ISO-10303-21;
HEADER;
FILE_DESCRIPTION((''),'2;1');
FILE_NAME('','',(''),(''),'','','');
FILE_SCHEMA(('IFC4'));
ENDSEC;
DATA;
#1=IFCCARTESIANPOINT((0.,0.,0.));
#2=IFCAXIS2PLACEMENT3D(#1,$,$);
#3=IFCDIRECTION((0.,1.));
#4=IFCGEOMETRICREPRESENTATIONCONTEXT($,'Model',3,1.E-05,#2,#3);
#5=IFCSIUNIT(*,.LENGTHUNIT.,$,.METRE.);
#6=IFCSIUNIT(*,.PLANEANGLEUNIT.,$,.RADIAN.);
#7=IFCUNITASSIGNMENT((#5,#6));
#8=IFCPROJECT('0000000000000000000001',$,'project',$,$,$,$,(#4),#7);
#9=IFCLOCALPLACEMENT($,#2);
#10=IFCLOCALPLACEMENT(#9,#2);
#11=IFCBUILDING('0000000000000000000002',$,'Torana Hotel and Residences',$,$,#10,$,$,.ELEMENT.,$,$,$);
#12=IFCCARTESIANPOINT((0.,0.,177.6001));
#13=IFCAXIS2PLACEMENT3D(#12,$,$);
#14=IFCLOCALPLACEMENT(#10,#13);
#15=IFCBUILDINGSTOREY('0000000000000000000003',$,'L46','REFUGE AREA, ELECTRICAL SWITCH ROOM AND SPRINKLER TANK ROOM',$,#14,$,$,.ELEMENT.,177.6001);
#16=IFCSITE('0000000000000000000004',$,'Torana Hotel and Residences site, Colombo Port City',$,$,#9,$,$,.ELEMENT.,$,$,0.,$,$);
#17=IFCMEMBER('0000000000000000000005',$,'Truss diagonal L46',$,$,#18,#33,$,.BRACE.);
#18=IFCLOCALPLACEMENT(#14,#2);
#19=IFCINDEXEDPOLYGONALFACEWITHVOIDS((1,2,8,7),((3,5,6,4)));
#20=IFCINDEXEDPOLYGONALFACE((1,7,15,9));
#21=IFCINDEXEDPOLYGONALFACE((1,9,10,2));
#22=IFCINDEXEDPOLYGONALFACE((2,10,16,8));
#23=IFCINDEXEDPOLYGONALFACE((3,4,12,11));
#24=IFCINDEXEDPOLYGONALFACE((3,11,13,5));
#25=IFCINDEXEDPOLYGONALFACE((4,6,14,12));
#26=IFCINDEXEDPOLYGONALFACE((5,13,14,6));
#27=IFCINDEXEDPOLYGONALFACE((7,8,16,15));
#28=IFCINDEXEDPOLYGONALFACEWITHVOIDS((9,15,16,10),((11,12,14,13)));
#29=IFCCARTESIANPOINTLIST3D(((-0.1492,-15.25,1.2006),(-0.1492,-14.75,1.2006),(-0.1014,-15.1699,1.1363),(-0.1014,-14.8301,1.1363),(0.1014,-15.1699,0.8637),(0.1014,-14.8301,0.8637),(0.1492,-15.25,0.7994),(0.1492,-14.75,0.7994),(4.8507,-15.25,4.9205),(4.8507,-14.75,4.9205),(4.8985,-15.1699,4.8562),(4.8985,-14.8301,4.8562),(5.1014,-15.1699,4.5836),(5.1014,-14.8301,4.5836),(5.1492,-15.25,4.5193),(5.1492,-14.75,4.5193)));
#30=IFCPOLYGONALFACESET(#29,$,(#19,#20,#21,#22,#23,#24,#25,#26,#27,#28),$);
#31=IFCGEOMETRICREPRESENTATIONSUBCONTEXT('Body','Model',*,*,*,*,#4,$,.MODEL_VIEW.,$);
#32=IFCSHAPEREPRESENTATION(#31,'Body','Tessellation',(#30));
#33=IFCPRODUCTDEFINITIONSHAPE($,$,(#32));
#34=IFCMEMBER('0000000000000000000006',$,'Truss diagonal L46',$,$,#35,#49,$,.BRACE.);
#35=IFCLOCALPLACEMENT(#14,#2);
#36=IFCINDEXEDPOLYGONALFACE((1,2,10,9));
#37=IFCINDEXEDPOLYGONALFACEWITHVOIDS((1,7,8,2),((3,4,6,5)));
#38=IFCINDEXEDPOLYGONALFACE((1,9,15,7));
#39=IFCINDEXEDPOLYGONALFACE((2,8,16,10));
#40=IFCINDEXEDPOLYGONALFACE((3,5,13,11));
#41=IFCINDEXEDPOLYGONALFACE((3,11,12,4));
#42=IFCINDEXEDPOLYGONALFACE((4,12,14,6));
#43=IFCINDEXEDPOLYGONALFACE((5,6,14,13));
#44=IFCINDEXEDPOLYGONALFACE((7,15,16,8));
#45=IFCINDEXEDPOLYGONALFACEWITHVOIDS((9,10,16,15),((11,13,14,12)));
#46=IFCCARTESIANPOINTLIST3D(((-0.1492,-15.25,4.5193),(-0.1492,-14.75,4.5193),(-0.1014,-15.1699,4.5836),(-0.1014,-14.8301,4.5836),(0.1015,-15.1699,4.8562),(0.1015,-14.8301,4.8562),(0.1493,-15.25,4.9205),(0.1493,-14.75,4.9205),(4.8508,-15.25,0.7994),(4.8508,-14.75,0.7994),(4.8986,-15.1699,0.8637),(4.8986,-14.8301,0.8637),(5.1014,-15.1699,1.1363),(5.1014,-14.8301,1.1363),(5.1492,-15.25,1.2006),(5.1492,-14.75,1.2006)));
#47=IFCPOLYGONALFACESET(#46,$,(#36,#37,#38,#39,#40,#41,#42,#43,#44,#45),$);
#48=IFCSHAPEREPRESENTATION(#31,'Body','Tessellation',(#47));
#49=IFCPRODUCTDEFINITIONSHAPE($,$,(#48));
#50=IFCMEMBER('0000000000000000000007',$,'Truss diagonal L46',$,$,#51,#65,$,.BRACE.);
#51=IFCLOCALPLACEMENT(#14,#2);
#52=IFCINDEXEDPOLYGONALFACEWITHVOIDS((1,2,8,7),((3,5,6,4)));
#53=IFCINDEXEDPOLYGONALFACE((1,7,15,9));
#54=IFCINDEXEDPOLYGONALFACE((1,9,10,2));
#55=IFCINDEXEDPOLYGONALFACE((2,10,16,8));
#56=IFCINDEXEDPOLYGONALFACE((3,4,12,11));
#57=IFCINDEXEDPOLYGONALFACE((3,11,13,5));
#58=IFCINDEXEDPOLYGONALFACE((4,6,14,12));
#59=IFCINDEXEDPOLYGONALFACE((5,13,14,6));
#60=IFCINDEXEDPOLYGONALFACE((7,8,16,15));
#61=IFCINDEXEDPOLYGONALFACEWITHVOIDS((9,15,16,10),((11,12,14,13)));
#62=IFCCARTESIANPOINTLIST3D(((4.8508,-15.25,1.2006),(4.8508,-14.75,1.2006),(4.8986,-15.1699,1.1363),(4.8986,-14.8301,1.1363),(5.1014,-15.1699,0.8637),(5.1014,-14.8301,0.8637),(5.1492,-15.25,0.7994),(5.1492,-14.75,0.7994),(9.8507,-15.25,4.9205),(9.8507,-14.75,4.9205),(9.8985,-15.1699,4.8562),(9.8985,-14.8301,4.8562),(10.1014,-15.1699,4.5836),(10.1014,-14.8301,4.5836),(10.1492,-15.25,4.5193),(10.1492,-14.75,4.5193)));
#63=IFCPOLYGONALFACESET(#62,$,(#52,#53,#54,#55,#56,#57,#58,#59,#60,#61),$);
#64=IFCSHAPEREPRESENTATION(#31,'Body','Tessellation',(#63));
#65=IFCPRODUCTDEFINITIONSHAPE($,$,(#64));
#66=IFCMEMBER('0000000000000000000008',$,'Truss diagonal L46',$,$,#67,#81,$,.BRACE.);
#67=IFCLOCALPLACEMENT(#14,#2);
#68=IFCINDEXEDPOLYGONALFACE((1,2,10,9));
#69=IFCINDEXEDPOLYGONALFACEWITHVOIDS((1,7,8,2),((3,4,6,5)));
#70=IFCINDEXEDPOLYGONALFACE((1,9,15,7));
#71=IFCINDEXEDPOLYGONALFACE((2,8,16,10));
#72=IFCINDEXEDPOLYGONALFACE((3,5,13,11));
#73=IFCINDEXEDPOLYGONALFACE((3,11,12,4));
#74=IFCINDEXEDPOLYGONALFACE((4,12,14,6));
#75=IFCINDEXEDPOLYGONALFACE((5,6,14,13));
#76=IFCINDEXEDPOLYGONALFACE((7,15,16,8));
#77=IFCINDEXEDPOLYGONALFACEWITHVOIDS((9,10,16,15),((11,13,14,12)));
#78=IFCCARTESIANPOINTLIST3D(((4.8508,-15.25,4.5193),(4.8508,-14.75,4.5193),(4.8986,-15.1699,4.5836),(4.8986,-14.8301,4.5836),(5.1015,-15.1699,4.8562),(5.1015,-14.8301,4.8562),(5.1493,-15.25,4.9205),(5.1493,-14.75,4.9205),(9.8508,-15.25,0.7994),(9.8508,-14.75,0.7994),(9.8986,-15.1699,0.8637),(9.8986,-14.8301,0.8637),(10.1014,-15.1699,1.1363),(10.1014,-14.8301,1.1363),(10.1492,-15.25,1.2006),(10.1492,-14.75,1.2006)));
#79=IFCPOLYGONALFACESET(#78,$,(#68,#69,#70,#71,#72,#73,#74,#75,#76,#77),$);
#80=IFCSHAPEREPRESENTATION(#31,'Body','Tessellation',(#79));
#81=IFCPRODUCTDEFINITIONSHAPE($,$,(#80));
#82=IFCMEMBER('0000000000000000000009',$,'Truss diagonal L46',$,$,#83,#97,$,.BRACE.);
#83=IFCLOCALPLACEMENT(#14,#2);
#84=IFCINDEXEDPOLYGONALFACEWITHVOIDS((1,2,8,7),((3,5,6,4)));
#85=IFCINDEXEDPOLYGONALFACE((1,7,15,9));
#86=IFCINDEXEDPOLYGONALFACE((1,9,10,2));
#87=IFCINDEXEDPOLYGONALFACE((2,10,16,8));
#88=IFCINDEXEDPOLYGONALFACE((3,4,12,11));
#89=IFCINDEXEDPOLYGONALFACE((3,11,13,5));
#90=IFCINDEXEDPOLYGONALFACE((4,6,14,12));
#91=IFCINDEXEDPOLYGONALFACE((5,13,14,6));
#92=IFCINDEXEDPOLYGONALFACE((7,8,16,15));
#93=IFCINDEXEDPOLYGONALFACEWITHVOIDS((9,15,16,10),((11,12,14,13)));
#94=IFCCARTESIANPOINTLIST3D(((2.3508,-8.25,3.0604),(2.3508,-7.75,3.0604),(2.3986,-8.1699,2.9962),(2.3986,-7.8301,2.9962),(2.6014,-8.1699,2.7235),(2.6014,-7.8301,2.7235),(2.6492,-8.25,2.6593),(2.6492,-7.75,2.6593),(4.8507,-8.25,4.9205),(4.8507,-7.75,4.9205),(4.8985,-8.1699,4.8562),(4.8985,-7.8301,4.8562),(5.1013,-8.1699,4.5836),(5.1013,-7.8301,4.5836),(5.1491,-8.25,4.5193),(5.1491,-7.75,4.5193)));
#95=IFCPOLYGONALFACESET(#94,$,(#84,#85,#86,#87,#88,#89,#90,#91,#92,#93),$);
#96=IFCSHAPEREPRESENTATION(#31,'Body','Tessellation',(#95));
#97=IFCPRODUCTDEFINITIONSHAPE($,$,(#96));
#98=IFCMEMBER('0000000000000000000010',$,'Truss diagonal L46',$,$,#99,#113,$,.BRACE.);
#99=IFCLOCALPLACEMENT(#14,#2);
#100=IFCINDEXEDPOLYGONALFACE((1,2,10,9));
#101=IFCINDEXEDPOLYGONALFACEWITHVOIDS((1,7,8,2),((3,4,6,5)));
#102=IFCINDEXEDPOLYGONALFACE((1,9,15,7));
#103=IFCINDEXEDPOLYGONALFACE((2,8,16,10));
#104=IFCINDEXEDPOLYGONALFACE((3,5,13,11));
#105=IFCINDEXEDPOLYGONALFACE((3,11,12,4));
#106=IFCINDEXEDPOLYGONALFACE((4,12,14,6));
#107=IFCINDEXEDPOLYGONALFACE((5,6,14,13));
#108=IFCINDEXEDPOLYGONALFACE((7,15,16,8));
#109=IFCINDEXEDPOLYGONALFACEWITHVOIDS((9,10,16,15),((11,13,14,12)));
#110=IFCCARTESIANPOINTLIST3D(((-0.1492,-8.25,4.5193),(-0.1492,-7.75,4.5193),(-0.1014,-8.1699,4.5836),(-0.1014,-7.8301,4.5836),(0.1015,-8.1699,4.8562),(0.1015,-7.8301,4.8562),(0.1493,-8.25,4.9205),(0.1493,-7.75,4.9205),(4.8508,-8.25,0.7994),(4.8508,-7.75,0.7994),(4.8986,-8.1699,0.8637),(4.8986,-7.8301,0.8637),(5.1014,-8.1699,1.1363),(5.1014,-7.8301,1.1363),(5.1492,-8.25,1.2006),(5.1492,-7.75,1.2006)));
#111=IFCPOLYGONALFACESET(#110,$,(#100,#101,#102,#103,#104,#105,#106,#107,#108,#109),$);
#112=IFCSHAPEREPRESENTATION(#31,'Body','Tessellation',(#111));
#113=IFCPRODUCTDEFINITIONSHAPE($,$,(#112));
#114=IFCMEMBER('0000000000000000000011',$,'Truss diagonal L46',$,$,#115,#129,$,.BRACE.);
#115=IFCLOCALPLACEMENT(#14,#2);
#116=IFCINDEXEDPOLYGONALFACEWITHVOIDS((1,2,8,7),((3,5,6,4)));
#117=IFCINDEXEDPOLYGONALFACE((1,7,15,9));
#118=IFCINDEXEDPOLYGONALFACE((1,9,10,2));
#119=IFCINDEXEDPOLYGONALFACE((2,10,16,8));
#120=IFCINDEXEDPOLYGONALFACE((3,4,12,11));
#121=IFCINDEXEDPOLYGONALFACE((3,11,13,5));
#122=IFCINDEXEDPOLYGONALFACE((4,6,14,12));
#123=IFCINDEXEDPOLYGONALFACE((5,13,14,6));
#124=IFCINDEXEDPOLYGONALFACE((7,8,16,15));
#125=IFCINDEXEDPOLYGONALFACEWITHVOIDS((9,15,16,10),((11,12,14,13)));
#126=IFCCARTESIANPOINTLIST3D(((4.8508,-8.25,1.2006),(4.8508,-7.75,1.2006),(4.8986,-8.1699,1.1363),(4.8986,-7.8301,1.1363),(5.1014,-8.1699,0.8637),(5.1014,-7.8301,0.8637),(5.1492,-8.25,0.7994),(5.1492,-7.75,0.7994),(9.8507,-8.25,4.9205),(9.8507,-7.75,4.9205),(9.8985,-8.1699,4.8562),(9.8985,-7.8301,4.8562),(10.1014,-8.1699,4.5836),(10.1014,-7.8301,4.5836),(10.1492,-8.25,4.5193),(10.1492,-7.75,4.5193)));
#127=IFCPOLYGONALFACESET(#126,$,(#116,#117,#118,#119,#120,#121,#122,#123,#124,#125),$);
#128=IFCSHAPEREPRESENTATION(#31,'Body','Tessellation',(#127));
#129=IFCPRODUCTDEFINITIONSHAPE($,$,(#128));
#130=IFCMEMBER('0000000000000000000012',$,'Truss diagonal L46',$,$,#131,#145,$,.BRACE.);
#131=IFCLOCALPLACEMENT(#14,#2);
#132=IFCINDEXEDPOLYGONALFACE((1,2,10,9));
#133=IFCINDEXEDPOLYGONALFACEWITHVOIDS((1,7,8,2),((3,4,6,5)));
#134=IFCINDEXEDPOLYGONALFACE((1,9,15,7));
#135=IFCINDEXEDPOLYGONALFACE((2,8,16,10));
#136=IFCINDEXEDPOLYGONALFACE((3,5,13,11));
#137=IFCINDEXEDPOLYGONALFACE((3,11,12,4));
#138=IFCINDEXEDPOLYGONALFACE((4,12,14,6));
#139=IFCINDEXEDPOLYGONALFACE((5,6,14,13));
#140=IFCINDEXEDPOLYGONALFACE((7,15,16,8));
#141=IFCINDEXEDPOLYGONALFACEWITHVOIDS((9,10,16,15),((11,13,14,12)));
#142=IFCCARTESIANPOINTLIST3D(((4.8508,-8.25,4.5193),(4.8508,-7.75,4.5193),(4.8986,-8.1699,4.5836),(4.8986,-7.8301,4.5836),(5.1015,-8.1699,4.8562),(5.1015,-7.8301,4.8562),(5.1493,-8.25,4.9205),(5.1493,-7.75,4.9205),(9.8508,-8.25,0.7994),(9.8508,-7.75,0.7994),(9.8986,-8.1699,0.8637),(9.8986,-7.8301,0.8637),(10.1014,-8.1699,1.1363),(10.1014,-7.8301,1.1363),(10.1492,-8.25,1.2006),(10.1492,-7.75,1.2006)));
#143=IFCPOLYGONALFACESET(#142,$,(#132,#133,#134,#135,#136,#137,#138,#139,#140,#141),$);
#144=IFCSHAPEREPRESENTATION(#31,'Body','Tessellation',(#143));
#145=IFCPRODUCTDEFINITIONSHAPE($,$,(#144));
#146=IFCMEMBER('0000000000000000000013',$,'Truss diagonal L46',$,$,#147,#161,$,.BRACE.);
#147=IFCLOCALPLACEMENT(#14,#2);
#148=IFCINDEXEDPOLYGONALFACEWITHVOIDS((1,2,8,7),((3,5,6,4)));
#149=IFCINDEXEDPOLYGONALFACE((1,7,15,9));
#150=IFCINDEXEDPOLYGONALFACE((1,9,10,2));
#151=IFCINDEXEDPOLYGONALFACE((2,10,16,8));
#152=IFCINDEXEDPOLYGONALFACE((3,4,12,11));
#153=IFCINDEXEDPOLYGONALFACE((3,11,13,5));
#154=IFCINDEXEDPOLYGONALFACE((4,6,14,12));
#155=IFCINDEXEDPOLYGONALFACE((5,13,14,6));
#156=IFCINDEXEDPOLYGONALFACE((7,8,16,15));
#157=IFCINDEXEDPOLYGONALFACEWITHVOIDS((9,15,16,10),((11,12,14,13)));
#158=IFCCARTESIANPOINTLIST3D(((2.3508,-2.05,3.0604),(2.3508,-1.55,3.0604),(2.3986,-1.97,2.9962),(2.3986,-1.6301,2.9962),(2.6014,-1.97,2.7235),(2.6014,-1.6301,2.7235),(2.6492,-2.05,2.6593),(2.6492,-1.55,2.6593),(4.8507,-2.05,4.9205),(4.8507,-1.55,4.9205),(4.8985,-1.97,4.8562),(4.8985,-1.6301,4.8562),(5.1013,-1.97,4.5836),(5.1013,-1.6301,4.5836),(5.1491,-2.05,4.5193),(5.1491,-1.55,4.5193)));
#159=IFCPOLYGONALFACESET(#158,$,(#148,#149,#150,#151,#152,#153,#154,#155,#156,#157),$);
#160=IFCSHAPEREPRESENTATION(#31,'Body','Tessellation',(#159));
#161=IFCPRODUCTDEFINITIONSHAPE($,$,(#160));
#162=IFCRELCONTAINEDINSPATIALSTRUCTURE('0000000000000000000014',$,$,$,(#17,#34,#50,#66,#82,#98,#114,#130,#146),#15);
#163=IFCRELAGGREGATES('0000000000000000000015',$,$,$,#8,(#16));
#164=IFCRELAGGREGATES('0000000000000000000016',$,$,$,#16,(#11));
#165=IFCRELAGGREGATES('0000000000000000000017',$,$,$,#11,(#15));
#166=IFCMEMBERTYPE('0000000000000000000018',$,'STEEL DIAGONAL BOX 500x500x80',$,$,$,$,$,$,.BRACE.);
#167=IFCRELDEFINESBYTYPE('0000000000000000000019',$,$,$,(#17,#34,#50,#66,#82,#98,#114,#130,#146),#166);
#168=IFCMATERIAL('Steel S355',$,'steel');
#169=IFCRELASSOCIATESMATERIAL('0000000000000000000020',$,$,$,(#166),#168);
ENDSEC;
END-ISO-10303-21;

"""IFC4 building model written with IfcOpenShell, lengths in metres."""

from ifc_helpers import new_model, si_unit, direction, frame, origin, origin_2d, place, context, subcontext, project, spatial, hollow_rectangle, extrude, material, material_profile, profile_set, type_object, element, save


model = new_model("IFC4")

# Units and contexts
model_context = context("Model", 3, precision=1e-05, world=origin(), true_north=direction((0.0, 1.0)))
body_context = subcontext(model_context, "Body", "Model", "MODEL_VIEW")
ifc_project = project(units=[si_unit("LENGTHUNIT", "METRE"), si_unit("PLANEANGLEUNIT", "RADIAN")], contexts=[model_context])

# Site, building, storey
site_placement = place(None, origin())
site = spatial("IfcSite", under=ifc_project, at=site_placement, Name="Torana Hotel and Residences site, Colombo Port City", CompositionType="ELEMENT", RefElevation=0.0)
building_placement = place(site_placement, origin())
building = spatial("IfcBuilding", under=site, at=building_placement, Name="Torana Hotel and Residences", CompositionType="ELEMENT")
storey_placement = place(building_placement, frame((0.0, 0.0, 177.6001)))
storey = spatial("IfcBuildingStorey", under=building, at=storey_placement, Name="L46", Description="REFUGE AREA, ELECTRICAL SWITCH ROOM AND SPRINKLER TANK ROOM", CompositionType="ELEMENT", Elevation=177.6001)

# Members
ifc_material_1 = material(Name="Steel S355", Category="steel")
ifc_material_profile_1 = material_profile(ifc_material_1, hollow_rectangle(XDim=0.5, YDim=0.5, WallThickness=0.0801, at=origin_2d()), Name="BOX 500x500x80")
ifc_profile_set_1 = profile_set([ifc_material_profile_1], Name="Steel S355")
member_type_1 = type_object("IfcMemberType", Name="STEEL DIAGONAL BOX 500x500x80", PredefinedType="BRACE", material=ifc_profile_set_1)
for number, where, z_axis, x_axis, name in (
    (1, (0.0, -15.0, 1.0), (0.802307, 0.0, 0.596912), (0.0, 1.0, 0.0), "Truss diagonal L46"),
    (2, (5.0, -15.0, 1.0), (-0.802307, 0.0, 0.596912), (0.0, -1.0, 0.0), "Truss diagonal L46"),
    (3, (5.0, -15.0, 1.0), (0.802307, 0.0, 0.596912), (0.0, 1.0, 0.0), "Truss diagonal L46"),
    (4, (10.0, -15.0, 1.0), (-0.802307, 0.0, 0.596912), (0.0, -1.0, 0.0), "Truss diagonal L46"),
):
    element("IfcMember", number, at=place(storey_placement, frame(where, z_axis=z_axis, x_axis=x_axis)), inside=storey, type_object=member_type_1, Name=name, PredefinedType="BRACE", context=body_context, shape_type="SweptSolid", body=[
        extrude(hollow_rectangle(XDim=0.5, YDim=0.5, WallThickness=0.0801, at=origin_2d()), origin(), (0.0, 0.0, 1.0), 6.2319),
    ])
member_1_placement = place(storey_placement, frame((2.5, -8.0, 2.8599), z_axis=(0.802288, 0.0, 0.596937), x_axis=(0.0, 1.0, 0.0)))
element("IfcMember", 5, at=member_1_placement, inside=storey, type_object=member_type_1, Name="Truss diagonal L46", PredefinedType="BRACE", context=body_context, shape_type="SweptSolid", body=[
    extrude(hollow_rectangle(XDim=0.5, YDim=0.5, WallThickness=0.0801, at=origin_2d()), origin(), (0.0, 0.0, 1.0), 3.116),
])
for number, where, z_axis, x_axis, name in (
    (6, (5.0, -8.0, 1.0), (-0.802307, 0.0, 0.596912), (0.0, -1.0, 0.0), "Truss diagonal L46"),
    (7, (5.0, -8.0, 1.0), (0.802307, 0.0, 0.596912), (0.0, 1.0, 0.0), "Truss diagonal L46"),
    (8, (10.0, -8.0, 1.0), (-0.802307, 0.0, 0.596912), (0.0, -1.0, 0.0), "Truss diagonal L46"),
):
    element("IfcMember", number, at=place(storey_placement, frame(where, z_axis=z_axis, x_axis=x_axis)), inside=storey, type_object=member_type_1, Name=name, PredefinedType="BRACE", context=body_context, shape_type="SweptSolid", body=[
        extrude(hollow_rectangle(XDim=0.5, YDim=0.5, WallThickness=0.0801, at=origin_2d()), origin(), (0.0, 0.0, 1.0), 6.2319),
    ])
member_2_placement = place(storey_placement, frame((2.5, -1.8, 2.8599), z_axis=(0.802288, 0.0, 0.596937), x_axis=(0.0, 1.0, 0.0)))
element("IfcMember", 9, at=member_2_placement, inside=storey, type_object=member_type_1, Name="Truss diagonal L46", PredefinedType="BRACE", context=body_context, shape_type="SweptSolid", body=[
    extrude(hollow_rectangle(XDim=0.5, YDim=0.5, WallThickness=0.0801, at=origin_2d()), origin(), (0.0, 0.0, 1.0), 3.116),
])

save(model, "model.ifc")
